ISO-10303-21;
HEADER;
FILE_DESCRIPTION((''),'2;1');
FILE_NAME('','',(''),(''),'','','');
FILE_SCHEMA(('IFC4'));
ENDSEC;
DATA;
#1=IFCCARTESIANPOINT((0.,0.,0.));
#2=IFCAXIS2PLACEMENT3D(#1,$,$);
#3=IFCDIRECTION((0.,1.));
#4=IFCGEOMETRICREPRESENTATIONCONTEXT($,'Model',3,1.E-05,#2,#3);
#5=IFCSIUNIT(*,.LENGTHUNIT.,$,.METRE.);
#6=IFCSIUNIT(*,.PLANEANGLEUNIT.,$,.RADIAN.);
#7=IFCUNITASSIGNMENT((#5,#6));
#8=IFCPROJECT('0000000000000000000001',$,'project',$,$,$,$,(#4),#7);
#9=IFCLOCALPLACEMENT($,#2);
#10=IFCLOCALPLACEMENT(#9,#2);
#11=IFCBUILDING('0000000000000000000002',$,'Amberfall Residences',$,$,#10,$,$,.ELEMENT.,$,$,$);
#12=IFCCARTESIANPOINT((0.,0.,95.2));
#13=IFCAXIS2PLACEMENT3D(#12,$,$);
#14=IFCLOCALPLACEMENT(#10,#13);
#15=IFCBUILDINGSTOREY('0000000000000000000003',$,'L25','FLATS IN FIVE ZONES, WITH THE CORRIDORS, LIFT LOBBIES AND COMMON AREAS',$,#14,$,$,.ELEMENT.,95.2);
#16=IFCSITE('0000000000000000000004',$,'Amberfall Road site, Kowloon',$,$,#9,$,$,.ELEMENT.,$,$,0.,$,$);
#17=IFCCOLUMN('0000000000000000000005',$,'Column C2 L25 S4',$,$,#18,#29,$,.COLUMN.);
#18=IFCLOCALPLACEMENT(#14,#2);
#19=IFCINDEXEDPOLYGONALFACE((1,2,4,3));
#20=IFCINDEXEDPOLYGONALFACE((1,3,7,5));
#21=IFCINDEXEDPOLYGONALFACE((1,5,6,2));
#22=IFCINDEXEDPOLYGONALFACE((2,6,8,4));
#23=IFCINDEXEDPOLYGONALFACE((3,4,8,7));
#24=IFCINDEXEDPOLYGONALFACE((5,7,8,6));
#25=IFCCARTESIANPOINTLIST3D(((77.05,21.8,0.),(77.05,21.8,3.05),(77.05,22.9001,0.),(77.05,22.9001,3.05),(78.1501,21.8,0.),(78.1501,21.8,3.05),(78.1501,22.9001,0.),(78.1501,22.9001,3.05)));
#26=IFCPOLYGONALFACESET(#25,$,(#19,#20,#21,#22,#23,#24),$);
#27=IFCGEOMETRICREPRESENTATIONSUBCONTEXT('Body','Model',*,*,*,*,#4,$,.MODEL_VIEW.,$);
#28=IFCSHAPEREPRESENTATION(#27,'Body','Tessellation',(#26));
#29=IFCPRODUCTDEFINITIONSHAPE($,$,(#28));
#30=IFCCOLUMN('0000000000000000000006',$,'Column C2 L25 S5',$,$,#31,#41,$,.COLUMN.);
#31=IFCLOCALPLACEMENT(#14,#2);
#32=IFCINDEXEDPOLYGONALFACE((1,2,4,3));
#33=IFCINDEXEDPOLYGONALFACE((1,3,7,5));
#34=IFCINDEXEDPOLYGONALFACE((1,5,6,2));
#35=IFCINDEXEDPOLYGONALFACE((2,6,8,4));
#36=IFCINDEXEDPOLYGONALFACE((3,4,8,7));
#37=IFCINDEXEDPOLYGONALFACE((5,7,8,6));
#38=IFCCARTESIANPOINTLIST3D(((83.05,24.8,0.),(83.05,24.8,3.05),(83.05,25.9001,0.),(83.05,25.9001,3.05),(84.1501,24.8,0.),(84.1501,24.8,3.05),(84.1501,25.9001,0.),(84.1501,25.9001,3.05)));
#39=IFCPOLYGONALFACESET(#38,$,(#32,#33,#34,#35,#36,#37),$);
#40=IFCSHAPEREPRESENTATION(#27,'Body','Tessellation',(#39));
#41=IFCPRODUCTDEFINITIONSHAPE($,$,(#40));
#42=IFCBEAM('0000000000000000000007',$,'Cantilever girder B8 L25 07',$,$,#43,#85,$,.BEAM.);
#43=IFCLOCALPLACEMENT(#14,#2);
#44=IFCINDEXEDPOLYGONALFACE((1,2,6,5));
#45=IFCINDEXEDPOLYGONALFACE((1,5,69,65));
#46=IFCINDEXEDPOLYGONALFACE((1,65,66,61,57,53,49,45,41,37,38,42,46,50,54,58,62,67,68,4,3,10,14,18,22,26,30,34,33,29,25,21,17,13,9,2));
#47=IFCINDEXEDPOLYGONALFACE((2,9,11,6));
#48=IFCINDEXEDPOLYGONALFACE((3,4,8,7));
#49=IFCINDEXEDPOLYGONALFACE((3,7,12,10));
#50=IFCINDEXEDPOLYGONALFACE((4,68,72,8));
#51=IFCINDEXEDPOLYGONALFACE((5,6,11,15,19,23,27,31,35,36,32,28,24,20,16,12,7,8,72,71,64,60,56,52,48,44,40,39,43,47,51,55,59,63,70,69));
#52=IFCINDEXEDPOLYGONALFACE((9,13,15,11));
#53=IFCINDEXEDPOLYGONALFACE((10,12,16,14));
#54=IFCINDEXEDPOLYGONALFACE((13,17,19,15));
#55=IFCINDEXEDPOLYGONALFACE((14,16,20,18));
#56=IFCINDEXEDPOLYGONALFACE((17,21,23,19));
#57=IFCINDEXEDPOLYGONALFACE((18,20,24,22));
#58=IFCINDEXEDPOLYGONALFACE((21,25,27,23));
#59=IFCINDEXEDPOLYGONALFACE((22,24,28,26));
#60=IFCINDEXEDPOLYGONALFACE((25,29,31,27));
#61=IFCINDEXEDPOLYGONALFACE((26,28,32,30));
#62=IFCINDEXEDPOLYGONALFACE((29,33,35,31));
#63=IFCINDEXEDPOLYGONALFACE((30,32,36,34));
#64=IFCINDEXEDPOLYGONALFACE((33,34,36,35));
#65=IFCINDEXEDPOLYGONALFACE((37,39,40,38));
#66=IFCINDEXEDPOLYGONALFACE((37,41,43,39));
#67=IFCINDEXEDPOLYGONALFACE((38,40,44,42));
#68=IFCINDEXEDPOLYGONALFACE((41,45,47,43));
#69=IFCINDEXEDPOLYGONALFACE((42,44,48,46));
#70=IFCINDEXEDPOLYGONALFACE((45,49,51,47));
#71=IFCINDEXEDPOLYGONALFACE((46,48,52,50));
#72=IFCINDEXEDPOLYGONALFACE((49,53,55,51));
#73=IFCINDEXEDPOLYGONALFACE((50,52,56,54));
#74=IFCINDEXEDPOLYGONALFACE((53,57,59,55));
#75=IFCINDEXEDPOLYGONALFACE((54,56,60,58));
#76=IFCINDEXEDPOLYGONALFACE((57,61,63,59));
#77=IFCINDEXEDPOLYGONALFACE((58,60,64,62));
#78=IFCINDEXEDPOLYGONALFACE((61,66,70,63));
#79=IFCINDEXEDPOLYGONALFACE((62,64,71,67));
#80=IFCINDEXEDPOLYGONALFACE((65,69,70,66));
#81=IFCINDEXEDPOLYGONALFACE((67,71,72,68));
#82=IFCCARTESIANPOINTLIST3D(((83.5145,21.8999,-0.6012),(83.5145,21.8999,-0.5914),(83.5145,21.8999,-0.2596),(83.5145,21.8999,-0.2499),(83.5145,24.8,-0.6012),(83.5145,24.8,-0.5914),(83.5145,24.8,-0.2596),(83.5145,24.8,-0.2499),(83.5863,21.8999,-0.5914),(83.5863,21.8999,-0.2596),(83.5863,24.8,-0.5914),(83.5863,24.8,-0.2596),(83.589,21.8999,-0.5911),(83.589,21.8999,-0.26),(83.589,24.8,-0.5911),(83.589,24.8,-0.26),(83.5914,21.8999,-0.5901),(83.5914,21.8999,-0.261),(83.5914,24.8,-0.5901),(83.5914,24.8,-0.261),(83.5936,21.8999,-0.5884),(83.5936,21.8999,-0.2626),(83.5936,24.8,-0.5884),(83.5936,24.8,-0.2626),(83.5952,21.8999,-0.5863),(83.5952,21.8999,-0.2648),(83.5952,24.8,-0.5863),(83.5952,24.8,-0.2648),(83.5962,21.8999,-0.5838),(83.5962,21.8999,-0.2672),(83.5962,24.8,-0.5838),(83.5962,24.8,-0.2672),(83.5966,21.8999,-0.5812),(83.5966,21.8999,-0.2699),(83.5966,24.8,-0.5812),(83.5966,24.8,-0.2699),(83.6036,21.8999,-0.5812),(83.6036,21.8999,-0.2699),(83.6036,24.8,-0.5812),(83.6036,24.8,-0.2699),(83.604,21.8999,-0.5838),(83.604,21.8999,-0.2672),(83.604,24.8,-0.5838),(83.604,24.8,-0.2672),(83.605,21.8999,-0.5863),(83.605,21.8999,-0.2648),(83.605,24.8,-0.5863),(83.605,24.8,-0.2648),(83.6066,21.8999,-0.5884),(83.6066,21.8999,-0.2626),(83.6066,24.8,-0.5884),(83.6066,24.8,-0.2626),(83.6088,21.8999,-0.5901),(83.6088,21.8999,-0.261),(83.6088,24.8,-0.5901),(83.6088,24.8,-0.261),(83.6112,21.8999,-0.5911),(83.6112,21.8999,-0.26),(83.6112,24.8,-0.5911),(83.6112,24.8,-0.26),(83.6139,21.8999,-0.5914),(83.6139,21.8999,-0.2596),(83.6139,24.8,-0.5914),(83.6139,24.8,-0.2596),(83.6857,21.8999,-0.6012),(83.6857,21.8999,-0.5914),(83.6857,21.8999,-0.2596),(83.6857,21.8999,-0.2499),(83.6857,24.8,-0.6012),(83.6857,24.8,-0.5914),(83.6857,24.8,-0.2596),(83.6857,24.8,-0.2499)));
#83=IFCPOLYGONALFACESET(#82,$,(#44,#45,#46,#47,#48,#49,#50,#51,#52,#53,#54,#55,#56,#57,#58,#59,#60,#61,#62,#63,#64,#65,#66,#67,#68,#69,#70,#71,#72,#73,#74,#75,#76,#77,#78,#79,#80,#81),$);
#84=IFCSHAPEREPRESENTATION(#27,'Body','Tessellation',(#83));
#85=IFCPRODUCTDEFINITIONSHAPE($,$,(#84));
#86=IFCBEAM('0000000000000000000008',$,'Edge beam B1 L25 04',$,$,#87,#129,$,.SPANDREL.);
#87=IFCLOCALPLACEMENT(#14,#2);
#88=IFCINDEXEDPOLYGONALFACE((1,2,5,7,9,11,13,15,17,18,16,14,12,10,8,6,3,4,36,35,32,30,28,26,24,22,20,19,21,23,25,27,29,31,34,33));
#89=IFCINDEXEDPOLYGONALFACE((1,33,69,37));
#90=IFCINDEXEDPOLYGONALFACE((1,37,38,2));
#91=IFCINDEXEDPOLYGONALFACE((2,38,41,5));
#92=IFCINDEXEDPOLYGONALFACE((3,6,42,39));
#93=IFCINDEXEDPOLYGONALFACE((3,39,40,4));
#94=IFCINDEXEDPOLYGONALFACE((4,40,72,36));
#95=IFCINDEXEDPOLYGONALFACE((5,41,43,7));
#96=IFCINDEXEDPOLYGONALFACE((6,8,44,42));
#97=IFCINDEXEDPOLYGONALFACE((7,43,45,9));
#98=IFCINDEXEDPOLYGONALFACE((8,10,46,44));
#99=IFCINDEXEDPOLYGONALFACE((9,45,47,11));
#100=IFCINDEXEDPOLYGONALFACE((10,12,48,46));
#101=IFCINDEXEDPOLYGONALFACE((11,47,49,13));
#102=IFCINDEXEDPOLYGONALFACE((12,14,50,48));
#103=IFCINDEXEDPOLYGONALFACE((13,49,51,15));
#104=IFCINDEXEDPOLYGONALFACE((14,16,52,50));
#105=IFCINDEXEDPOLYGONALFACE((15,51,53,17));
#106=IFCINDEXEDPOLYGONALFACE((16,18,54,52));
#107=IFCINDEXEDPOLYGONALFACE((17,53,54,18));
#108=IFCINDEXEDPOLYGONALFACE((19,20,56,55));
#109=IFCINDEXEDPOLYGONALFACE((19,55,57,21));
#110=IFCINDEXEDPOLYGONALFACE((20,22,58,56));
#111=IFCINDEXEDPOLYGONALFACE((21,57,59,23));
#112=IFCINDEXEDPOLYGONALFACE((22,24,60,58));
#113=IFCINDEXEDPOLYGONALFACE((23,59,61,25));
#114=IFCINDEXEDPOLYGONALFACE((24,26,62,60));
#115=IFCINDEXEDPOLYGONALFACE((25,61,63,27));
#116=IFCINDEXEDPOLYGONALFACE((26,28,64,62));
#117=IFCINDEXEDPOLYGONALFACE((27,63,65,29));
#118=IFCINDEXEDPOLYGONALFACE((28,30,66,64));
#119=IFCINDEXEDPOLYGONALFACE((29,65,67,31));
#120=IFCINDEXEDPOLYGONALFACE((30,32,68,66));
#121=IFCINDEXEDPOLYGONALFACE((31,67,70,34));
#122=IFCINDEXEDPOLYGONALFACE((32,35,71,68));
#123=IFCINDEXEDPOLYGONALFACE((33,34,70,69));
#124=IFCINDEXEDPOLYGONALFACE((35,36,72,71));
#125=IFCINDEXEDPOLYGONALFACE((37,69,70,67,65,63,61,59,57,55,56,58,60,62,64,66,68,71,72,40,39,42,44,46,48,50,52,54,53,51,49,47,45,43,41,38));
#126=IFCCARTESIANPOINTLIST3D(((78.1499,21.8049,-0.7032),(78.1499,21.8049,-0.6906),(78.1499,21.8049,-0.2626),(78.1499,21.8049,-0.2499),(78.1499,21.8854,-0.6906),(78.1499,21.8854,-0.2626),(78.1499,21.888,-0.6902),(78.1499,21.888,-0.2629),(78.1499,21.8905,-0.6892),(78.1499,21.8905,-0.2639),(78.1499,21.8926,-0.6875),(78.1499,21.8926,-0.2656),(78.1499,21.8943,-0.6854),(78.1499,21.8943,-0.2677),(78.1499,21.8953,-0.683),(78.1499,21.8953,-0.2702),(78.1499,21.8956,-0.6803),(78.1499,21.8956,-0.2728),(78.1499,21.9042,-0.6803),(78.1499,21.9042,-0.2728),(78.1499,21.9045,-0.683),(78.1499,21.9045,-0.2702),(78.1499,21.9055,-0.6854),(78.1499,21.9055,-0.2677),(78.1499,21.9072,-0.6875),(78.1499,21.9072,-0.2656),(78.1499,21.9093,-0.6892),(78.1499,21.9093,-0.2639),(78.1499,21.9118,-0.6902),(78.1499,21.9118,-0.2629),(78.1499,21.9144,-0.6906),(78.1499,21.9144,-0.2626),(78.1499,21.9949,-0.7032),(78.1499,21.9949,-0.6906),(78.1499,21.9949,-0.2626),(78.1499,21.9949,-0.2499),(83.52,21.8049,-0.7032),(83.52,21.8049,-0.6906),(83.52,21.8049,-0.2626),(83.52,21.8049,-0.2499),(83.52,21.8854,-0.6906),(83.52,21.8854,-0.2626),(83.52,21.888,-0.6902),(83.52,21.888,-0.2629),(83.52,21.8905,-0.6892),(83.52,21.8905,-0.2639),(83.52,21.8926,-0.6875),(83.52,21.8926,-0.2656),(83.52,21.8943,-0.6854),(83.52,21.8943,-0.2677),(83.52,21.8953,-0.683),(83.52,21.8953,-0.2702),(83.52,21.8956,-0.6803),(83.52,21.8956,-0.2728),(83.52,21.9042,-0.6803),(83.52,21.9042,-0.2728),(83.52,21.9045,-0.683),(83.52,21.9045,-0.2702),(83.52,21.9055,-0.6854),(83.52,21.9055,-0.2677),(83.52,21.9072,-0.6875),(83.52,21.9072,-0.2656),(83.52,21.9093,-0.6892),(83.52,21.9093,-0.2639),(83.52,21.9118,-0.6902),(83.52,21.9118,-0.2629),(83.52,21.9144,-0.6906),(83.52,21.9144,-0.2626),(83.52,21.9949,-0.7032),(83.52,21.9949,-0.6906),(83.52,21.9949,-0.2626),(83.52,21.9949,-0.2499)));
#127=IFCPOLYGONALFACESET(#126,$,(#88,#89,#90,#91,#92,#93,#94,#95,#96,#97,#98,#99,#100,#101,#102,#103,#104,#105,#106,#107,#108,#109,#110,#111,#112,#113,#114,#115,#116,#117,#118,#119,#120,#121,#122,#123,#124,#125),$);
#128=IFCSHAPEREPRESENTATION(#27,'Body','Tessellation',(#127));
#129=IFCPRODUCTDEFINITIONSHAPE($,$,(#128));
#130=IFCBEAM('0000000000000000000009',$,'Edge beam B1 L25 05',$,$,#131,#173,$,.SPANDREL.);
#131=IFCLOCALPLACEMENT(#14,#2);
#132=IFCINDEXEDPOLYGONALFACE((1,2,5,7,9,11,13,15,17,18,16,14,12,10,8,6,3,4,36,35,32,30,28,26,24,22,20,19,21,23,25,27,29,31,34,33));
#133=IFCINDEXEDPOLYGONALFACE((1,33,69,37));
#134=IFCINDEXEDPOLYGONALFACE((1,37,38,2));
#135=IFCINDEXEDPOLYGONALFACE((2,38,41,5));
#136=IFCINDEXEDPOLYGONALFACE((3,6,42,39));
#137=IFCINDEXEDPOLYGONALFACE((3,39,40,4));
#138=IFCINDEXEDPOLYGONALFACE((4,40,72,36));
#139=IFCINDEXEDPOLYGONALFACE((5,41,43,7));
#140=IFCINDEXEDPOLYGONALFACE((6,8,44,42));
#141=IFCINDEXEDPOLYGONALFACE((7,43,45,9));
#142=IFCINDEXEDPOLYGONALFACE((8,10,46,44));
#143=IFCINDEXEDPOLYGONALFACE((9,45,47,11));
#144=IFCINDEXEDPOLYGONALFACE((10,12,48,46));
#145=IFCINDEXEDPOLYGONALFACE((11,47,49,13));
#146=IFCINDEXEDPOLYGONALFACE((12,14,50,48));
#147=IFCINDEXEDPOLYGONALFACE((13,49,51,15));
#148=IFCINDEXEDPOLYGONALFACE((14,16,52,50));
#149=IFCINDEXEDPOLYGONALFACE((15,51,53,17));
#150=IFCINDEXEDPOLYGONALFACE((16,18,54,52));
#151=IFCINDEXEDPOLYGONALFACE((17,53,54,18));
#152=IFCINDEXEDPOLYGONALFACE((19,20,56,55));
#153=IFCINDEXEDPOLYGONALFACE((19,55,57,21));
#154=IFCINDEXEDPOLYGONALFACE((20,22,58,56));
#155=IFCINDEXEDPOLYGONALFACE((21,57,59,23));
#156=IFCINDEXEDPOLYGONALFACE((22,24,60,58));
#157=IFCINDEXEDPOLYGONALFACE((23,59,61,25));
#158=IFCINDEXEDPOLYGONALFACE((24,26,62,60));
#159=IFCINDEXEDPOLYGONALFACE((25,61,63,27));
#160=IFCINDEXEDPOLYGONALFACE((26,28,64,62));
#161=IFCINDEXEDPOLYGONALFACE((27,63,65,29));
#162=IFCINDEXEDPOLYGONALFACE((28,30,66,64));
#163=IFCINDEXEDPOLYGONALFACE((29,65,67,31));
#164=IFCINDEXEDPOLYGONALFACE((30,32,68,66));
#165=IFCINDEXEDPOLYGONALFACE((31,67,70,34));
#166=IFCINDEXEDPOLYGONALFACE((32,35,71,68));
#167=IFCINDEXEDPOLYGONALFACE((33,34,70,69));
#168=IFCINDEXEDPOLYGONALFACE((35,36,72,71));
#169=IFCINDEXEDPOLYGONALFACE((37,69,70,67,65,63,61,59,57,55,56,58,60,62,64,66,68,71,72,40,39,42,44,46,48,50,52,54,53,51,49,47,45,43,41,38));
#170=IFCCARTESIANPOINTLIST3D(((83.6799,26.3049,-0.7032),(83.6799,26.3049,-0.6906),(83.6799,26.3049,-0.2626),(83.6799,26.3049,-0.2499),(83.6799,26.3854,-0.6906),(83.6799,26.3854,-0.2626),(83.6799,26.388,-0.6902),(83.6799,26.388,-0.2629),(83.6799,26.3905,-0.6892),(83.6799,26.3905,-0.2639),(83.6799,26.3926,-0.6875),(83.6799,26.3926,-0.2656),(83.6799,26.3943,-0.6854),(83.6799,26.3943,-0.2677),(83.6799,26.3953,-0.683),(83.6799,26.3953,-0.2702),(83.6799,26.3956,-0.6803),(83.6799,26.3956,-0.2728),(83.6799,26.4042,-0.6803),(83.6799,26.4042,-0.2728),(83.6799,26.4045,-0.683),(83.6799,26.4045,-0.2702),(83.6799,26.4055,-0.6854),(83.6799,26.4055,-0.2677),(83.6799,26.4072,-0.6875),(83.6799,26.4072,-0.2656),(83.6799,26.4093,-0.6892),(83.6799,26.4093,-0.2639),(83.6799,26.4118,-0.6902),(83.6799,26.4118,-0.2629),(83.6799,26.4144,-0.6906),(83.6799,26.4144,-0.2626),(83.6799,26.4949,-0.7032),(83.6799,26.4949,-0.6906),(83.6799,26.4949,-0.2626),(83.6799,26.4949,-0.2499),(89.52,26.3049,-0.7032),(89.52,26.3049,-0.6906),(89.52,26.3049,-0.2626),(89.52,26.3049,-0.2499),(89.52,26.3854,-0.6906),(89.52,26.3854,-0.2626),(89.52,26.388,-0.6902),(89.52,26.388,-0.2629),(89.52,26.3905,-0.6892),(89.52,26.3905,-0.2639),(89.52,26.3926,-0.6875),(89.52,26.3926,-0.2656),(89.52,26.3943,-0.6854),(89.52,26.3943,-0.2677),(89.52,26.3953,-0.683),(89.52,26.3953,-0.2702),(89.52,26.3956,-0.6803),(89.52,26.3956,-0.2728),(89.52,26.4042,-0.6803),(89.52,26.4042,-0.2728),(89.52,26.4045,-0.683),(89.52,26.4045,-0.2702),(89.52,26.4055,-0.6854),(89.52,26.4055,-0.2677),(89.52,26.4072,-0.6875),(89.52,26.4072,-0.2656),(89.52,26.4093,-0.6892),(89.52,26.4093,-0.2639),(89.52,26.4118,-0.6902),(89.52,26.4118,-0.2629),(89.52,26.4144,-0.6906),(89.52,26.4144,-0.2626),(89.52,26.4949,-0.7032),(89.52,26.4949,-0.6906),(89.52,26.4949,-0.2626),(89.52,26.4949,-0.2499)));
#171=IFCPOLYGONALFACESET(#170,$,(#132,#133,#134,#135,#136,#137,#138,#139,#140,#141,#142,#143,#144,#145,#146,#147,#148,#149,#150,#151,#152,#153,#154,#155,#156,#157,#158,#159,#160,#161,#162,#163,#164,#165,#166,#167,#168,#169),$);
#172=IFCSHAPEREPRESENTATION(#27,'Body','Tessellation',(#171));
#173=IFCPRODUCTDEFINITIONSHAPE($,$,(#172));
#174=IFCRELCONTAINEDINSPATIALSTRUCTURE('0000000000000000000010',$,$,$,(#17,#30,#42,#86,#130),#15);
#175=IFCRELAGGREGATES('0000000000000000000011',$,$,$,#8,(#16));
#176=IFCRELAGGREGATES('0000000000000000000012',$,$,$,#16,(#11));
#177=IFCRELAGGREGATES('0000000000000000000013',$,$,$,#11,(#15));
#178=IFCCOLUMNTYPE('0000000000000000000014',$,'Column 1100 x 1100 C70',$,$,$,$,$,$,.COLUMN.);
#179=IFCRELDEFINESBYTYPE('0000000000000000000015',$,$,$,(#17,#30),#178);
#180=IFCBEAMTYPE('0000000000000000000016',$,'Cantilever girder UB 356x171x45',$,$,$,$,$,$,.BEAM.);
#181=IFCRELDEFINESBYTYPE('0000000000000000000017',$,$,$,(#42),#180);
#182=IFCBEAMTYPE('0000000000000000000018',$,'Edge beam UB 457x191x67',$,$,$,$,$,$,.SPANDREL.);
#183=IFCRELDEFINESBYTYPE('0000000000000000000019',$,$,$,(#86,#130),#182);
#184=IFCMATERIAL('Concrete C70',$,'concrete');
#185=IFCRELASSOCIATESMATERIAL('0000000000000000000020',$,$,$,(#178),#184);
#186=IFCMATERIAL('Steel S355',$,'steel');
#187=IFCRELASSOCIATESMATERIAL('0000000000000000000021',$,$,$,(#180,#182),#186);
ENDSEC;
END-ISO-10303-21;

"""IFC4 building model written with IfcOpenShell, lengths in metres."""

from ifc_helpers import new_model, si_unit, direction, frame, origin, origin_2d, place, context, subcontext, project, spatial, rectangle, i_section, extrude, material, material_profile, profile_set, type_object, element, save


model = new_model("IFC4")

# Units and contexts
model_context = context("Model", 3, precision=1e-05, world=origin(), true_north=direction((0.0, 1.0)))
body_context = subcontext(model_context, "Body", "Model", "MODEL_VIEW")
ifc_project = project(units=[si_unit("LENGTHUNIT", "METRE"), si_unit("PLANEANGLEUNIT", "RADIAN")], contexts=[model_context])

# Site, building, storey
site_placement = place(None, origin())
site = spatial("IfcSite", under=ifc_project, at=site_placement, Name="Amberfall Road site, Kowloon", CompositionType="ELEMENT", RefElevation=0.0)
building_placement = place(site_placement, origin())
building = spatial("IfcBuilding", under=site, at=building_placement, Name="Amberfall Residences", CompositionType="ELEMENT")
storey_placement = place(building_placement, frame((0.0, 0.0, 95.2)))
storey = spatial("IfcBuildingStorey", under=building, at=storey_placement, Name="L25", Description="FLATS IN FIVE ZONES, WITH THE CORRIDORS, LIFT LOBBIES AND COMMON AREAS", CompositionType="ELEMENT", Elevation=95.2)

# Columns
ifc_material_1 = material(Name="Concrete C70", Category="concrete")
ifc_material_profile_1 = material_profile(ifc_material_1, rectangle(XDim=1.1001, YDim=1.1001, at=origin_2d()), Name="Column 1100 x 1100 C70")
ifc_profile_set_1 = profile_set([ifc_material_profile_1], Name="Concrete C70")
column_type = type_object("IfcColumnType", Name="Column 1100 x 1100 C70", PredefinedType="COLUMN", material=ifc_profile_set_1)
for number, where, z_axis, x_axis, name in (
    (1, (77.6001, 22.3501, 0.0), (0.0, 0.0, 1.0), (1.0, 0.0, 0.0), "Column C2 L25 S4"),
    (2, (83.6001, 25.3501, 0.0), (0.0, 0.0, 1.0), (1.0, 0.0, 0.0), "Column C2 L25 S5"),
):
    element("IfcColumn", number, at=place(storey_placement, frame(where, z_axis=z_axis, x_axis=x_axis)), inside=storey, type_object=column_type, Name=name, PredefinedType="COLUMN", context=body_context, shape_type="SweptSolid", body=[
        extrude(rectangle(XDim=1.1001, YDim=1.1001, at=origin_2d()), origin(), (0.0, 0.0, 1.0), 3.05),
    ])

# Beams
ifc_material_2 = material(Name="Steel S355", Category="steel")
ifc_material_profile_2 = material_profile(ifc_material_2, i_section(OverallWidth=0.1711, OverallDepth=0.3513, WebThickness=0.0071, FlangeThickness=0.0098, FilletRadius=0.0103, at=origin_2d()), Name="UB 356x171x45")
ifc_profile_set_2 = profile_set([ifc_material_profile_2], Name="Steel S355")
beam_type_1 = type_object("IfcBeamType", Name="Cantilever girder UB 356x171x45", PredefinedType="BEAM", material=ifc_profile_set_2)
beam_1_placement = place(storey_placement, frame((83.6001, 24.8, -0.4255), z_axis=(0.0, -1.0, 0.0), x_axis=(1.0, 0.0, 0.0)))
element("IfcBeam", 3, at=beam_1_placement, inside=storey, type_object=beam_type_1, Name="Cantilever girder B8 L25 07", PredefinedType="BEAM", context=body_context, shape_type="SweptSolid", body=[
    extrude(i_section(OverallWidth=0.1711, OverallDepth=0.3513, WebThickness=0.0071, FlangeThickness=0.0098, FilletRadius=0.0103, at=origin_2d()), origin(), (0.0, 0.0, 1.0), 2.9001),
])
ifc_material_profile_3 = material_profile(ifc_material_2, i_section(OverallWidth=0.1899, OverallDepth=0.4534, WebThickness=0.0085, FlangeThickness=0.0127, FilletRadius=0.0103, at=origin_2d()), Name="UB 457x191x67")
ifc_profile_set_3 = profile_set([ifc_material_profile_3], Name="Steel S355")
beam_type_2 = type_object("IfcBeamType", Name="Edge beam UB 457x191x67", PredefinedType="SPANDREL", material=ifc_profile_set_3)
beam_2_placement = place(storey_placement, frame((78.1499, 21.8999, -0.4766), z_axis=(1.0, 0.0, 0.0), x_axis=(0.0, 1.0, 0.0)))
element("IfcBeam", 4, at=beam_2_placement, inside=storey, type_object=beam_type_2, Name="Edge beam B1 L25 04", PredefinedType="SPANDREL", context=body_context, shape_type="SweptSolid", body=[
    extrude(i_section(OverallWidth=0.1899, OverallDepth=0.4534, WebThickness=0.0085, FlangeThickness=0.0127, FilletRadius=0.0103, at=origin_2d()), origin(), (0.0, 0.0, 1.0), 5.3701),
])
beam_3_placement = place(storey_placement, frame((83.6799, 26.3999, -0.4766), z_axis=(1.0, 0.0, 0.0), x_axis=(0.0, 1.0, 0.0)))
element("IfcBeam", 5, at=beam_3_placement, inside=storey, type_object=beam_type_2, Name="Edge beam B1 L25 05", PredefinedType="SPANDREL", context=body_context, shape_type="SweptSolid", body=[
    extrude(i_section(OverallWidth=0.1899, OverallDepth=0.4534, WebThickness=0.0085, FlangeThickness=0.0127, FilletRadius=0.0103, at=origin_2d()), origin(), (0.0, 0.0, 1.0), 5.8401),
])

save(model, "model.ifc")
